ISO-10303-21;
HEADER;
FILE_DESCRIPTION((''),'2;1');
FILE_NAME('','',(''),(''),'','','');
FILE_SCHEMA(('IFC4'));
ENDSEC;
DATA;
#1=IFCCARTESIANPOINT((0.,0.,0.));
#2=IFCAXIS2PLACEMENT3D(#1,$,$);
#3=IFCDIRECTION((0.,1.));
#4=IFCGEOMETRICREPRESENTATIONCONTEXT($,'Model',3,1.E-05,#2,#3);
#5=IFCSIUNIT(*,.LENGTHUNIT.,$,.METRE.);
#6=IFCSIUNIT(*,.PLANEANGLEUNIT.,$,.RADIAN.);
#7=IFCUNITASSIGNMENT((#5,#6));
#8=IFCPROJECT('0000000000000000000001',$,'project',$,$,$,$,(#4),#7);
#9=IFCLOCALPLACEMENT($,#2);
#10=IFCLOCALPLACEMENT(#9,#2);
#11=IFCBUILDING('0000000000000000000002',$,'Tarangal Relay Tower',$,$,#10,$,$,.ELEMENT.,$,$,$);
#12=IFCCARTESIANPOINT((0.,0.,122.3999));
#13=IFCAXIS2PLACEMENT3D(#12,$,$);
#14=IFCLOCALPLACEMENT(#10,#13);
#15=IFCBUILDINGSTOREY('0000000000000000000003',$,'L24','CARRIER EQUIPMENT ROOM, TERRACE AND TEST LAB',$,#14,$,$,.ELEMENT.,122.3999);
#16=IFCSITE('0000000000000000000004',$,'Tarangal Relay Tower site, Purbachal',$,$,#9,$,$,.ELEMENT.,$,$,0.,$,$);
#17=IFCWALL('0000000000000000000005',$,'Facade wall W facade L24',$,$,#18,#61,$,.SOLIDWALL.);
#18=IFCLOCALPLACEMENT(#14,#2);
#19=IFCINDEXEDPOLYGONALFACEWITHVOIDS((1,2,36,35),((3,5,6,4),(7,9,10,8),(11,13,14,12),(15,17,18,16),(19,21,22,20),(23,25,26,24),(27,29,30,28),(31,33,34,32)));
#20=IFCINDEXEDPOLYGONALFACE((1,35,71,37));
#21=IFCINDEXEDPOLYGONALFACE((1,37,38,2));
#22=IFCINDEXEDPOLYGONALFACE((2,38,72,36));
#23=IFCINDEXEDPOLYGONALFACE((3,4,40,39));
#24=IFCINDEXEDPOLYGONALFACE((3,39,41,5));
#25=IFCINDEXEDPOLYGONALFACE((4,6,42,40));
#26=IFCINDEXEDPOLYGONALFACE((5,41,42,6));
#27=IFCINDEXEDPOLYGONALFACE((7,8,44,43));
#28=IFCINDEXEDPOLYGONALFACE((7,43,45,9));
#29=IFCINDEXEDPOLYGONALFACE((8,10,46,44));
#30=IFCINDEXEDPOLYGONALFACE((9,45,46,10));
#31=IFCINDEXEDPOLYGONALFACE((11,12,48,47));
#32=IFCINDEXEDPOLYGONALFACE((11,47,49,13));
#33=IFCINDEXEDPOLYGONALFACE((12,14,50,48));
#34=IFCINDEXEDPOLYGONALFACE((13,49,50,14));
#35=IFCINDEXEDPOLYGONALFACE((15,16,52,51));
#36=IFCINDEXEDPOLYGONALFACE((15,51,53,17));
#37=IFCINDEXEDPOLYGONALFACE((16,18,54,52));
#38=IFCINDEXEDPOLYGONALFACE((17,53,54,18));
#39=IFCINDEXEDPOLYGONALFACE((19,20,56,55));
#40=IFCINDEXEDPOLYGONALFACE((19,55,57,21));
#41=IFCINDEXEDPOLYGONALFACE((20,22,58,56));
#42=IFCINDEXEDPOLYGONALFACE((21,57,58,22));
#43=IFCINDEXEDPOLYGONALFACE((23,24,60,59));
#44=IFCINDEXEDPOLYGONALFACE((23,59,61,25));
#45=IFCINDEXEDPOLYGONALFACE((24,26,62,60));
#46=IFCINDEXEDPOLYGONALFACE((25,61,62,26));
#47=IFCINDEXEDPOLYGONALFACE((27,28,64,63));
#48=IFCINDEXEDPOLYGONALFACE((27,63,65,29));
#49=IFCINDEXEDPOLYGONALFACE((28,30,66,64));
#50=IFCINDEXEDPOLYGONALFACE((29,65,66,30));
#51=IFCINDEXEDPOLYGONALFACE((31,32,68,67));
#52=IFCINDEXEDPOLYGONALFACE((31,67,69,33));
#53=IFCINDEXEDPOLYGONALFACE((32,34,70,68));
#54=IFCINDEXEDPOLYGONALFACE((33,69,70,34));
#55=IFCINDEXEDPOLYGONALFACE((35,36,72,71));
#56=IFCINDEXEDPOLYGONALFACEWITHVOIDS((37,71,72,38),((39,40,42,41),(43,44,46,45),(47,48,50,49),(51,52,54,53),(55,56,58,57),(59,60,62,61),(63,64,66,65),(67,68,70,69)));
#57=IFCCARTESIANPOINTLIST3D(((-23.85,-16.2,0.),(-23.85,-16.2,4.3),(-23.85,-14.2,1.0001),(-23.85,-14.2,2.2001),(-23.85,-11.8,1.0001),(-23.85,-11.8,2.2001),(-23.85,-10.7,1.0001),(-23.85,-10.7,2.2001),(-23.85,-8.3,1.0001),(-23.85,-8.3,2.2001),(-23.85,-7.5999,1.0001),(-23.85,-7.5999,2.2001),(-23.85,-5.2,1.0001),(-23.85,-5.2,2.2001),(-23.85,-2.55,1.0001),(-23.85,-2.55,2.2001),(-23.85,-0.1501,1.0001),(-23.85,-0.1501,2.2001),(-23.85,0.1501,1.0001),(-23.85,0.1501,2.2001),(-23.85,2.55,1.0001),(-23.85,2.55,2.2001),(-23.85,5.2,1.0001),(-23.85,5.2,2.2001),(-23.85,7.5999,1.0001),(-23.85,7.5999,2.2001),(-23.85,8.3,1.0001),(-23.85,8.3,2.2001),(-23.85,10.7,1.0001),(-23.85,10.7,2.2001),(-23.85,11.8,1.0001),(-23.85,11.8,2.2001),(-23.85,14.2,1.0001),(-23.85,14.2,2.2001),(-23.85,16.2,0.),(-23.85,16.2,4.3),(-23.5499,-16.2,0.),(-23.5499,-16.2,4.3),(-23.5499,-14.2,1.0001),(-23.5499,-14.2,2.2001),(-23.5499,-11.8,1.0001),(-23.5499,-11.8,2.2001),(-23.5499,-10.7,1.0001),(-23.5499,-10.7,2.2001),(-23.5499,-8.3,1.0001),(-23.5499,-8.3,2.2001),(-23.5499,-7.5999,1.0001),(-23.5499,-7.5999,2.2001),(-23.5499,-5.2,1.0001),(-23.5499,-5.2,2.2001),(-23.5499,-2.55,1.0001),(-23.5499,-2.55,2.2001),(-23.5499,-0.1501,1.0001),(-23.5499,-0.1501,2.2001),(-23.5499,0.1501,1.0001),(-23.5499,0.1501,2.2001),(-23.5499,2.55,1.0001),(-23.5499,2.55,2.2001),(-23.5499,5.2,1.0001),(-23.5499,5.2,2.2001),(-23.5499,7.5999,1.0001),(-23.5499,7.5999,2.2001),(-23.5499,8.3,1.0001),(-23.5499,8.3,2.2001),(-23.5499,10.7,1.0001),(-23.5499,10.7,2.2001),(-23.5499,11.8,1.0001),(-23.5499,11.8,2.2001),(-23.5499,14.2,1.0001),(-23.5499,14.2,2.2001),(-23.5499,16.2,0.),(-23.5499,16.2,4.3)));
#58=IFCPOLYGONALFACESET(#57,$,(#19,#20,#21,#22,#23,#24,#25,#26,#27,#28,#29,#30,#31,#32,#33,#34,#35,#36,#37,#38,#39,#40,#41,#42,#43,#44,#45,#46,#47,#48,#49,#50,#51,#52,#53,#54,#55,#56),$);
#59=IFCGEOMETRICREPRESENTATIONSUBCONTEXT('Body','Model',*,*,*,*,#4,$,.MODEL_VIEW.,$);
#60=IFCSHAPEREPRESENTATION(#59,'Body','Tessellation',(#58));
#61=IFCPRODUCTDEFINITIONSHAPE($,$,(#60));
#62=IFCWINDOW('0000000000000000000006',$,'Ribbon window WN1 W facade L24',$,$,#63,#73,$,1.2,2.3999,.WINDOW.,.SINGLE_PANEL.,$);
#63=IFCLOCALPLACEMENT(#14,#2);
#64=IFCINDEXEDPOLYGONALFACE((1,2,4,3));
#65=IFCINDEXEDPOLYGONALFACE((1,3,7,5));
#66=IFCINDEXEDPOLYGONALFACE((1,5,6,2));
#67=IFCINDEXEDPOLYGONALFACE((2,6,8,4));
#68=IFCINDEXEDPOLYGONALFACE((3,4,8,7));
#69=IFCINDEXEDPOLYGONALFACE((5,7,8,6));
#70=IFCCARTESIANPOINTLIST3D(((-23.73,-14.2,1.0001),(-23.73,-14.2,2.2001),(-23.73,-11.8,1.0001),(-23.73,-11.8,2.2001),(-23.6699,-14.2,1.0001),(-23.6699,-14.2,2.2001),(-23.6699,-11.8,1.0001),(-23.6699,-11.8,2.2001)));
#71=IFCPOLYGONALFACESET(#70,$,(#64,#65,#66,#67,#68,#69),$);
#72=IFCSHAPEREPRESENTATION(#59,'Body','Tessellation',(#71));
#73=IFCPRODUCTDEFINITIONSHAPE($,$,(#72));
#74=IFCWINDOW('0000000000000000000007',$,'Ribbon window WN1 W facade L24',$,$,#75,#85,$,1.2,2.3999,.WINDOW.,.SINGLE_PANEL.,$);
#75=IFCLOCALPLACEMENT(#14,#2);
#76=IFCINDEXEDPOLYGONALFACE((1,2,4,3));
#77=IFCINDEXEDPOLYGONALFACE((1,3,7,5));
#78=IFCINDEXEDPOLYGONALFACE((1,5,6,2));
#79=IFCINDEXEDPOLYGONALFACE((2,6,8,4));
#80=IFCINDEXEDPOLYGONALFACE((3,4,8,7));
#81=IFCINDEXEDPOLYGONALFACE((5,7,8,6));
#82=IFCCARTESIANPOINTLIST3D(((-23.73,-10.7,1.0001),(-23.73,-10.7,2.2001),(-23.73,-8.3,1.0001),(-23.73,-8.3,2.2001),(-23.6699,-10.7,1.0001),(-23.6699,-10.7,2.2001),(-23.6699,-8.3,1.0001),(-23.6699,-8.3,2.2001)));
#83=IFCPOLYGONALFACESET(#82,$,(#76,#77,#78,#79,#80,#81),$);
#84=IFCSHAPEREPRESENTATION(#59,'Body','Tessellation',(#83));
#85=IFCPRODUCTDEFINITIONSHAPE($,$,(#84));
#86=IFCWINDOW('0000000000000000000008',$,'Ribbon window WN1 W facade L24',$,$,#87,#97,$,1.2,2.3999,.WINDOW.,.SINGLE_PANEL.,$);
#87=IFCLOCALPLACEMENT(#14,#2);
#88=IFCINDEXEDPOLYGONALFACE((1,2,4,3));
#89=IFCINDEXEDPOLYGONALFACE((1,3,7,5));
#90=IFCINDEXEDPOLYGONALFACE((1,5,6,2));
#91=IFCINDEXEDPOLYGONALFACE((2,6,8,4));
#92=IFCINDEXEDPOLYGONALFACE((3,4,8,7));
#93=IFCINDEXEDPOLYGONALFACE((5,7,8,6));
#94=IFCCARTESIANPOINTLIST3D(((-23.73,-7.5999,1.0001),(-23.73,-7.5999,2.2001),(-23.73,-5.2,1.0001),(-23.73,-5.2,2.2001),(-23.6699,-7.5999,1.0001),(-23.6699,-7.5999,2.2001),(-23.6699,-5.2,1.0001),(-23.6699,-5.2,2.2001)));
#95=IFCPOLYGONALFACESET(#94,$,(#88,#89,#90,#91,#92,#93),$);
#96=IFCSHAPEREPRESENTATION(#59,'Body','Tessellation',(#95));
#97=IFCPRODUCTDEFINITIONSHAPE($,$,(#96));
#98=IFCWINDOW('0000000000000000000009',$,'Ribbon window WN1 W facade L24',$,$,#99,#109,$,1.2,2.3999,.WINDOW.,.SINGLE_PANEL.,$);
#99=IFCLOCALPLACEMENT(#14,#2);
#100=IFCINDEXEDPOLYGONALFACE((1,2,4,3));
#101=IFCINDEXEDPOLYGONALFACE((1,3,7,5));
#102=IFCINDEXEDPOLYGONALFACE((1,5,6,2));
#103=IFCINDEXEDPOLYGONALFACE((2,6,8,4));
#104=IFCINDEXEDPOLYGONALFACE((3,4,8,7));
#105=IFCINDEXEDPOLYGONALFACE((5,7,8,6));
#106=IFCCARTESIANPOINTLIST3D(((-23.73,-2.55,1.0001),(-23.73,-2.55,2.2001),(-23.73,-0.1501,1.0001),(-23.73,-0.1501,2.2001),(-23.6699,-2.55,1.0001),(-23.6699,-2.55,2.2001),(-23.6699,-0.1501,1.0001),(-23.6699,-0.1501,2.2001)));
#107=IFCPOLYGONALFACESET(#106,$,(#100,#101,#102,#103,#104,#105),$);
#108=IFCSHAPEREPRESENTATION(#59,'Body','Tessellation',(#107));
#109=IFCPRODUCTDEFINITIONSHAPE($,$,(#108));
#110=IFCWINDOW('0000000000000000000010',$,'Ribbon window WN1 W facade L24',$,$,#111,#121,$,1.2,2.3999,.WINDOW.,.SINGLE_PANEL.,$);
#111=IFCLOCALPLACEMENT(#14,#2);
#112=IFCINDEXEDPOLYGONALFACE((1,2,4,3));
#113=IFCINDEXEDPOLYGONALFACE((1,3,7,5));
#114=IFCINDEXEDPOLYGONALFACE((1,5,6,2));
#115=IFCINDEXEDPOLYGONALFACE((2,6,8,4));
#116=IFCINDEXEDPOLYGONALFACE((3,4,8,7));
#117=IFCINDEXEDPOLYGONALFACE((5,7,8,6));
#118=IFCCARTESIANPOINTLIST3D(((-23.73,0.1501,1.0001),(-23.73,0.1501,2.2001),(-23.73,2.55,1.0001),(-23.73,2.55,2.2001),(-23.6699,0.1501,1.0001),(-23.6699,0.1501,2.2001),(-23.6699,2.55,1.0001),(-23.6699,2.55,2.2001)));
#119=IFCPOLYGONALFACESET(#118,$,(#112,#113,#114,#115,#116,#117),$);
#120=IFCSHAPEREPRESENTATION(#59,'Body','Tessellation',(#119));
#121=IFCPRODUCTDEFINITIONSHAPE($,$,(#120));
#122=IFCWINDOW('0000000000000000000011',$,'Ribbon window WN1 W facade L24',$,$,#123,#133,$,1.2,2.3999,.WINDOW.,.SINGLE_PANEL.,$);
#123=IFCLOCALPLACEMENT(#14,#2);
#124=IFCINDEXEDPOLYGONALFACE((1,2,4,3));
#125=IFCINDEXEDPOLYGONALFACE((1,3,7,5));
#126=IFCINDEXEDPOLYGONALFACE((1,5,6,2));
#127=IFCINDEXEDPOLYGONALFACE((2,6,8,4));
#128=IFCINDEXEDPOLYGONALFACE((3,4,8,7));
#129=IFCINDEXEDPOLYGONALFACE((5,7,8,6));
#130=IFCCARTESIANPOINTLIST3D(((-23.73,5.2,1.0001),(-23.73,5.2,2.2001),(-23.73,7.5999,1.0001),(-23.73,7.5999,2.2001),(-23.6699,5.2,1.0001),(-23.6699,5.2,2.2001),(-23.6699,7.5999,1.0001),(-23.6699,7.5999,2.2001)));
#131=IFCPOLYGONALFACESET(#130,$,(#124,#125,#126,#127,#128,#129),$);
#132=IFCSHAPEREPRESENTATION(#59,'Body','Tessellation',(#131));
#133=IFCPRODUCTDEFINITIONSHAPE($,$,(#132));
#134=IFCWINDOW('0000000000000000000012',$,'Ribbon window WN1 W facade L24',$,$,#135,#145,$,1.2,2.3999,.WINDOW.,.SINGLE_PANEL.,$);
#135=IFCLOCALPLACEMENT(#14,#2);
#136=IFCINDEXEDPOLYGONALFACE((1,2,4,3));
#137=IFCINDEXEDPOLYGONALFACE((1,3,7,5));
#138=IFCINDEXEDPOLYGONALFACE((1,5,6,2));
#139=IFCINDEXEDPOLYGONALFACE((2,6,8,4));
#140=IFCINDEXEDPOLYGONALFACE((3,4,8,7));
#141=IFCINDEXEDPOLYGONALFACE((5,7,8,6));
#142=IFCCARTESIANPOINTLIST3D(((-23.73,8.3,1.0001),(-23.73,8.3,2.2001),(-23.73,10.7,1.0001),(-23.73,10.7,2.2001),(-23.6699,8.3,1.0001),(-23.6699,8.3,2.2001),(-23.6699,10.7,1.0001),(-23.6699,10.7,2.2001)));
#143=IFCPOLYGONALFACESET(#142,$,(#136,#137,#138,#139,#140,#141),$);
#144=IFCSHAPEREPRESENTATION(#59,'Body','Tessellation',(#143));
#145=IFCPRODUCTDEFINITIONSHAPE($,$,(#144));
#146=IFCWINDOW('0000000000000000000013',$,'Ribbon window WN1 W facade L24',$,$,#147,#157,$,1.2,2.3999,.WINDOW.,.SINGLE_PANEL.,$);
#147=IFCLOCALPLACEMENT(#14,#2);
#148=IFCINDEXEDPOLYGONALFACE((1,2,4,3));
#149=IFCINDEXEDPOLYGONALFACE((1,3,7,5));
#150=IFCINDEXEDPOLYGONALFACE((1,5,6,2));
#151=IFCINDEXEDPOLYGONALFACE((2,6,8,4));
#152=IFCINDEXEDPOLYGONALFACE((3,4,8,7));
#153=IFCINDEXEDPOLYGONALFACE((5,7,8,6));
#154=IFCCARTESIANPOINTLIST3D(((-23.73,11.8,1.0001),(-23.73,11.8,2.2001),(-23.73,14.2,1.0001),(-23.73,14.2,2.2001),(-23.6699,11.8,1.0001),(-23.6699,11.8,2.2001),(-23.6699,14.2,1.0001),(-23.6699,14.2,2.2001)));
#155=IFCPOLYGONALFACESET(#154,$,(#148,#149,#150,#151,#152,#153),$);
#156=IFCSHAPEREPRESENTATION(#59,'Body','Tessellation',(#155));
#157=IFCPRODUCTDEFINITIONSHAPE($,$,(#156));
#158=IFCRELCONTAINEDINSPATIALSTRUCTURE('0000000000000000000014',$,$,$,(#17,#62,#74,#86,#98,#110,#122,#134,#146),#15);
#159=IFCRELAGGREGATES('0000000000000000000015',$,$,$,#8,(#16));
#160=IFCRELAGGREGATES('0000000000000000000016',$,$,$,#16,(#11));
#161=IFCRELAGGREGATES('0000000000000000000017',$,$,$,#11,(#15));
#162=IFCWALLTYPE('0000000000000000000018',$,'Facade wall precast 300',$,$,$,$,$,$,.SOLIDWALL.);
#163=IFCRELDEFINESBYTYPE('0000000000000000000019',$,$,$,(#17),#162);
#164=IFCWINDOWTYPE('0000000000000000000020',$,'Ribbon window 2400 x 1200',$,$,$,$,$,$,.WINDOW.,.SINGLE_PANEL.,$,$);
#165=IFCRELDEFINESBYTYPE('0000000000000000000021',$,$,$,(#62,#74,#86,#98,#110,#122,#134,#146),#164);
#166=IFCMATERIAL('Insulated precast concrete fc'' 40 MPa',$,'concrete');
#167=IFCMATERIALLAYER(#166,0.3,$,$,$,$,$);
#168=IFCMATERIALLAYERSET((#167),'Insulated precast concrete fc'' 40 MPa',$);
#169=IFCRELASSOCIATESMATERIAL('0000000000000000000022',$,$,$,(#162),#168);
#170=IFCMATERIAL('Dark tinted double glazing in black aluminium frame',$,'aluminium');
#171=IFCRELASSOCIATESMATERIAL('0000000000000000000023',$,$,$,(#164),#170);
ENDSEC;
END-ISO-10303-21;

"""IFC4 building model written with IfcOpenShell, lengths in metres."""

from ifc_helpers import new_model, si_unit, direction, frame, frame_2d, origin, place, context, subcontext, project, spatial, rectangle, extrude, material, layer, layer_set, type_object, element, fill, save


model = new_model("IFC4")

# Units and contexts
model_context = context("Model", 3, precision=1e-05, world=origin(), true_north=direction((0.0, 1.0)))
body_context = subcontext(model_context, "Body", "Model", "MODEL_VIEW")
ifc_project = project(units=[si_unit("LENGTHUNIT", "METRE"), si_unit("PLANEANGLEUNIT", "RADIAN")], contexts=[model_context])

# Site, building, storey
site_placement = place(None, origin())
site = spatial("IfcSite", under=ifc_project, at=site_placement, Name="Tarangal Relay Tower site, Purbachal", CompositionType="ELEMENT", RefElevation=0.0)
building_placement = place(site_placement, origin())
building = spatial("IfcBuilding", under=site, at=building_placement, Name="Tarangal Relay Tower", CompositionType="ELEMENT")
storey_placement = place(building_placement, frame((0.0, 0.0, 122.3999)))
storey = spatial("IfcBuildingStorey", under=building, at=storey_placement, Name="L24", Description="CARRIER EQUIPMENT ROOM, TERRACE AND TEST LAB", CompositionType="ELEMENT", Elevation=122.3999)

# Shared definitions
ifc_material_1 = material(Name="Insulated precast concrete fc' 40 MPa", Category="concrete")
ifc_layer_1 = layer(ifc_material_1, 0.3)
ifc_layer_set_1 = layer_set([ifc_layer_1], Name="Insulated precast concrete fc' 40 MPa")
wall_type_1 = type_object("IfcWallType", Name="Facade wall precast 300", PredefinedType="SOLIDWALL", material=ifc_layer_set_1)

# Wall, openings, windows
wall_1_placement = place(storey_placement, frame((-23.7, -16.2, 0.0), z_axis=(0.0, 0.0, 1.0), x_axis=(0.0, 1.0, 0.0)))
wall_1 = element("IfcWall", 1, at=wall_1_placement, inside=storey, type_object=wall_type_1, Name="Facade wall W facade L24", PredefinedType="SOLIDWALL", context=body_context, shape_type="SweptSolid", body=[
    extrude(rectangle(XDim=32.3999, YDim=0.3, at=frame_2d((16.2, 0.0))), origin(), (0.0, 0.0, 1.0), 4.3),
])
opening_1_placement = place(wall_1_placement, frame((2.0, 0.0, 1.0)))
opening_1 = element("IfcOpeningElement", 2, at=opening_1_placement, cuts=wall_1, PredefinedType="OPENING", context=body_context, shape_type="SweptSolid", body=[
    extrude(rectangle(XDim=2.3999, YDim=1.2, at=frame_2d((1.2, 0.6001))), frame((0.0, 0.1599, 0.0), z_axis=(0.0, -1.0, 0.0), x_axis=(1.0, 0.0, 0.0)), (0.0, 0.0, 1.0), 0.3201),
])
opening_2_placement = place(wall_1_placement, frame((5.5, 0.0, 1.0)))
opening_2 = element("IfcOpeningElement", 3, at=opening_2_placement, cuts=wall_1, PredefinedType="OPENING", context=body_context, shape_type="SweptSolid", body=[
    extrude(rectangle(XDim=2.3999, YDim=1.2, at=frame_2d((1.2, 0.6001))), frame((0.0, 0.1599, 0.0), z_axis=(0.0, -1.0, 0.0), x_axis=(1.0, 0.0, 0.0)), (0.0, 0.0, 1.0), 0.3201),
])
opening_3_placement = place(wall_1_placement, frame((8.6001, 0.0, 1.0)))
opening_3 = element("IfcOpeningElement", 4, at=opening_3_placement, cuts=wall_1, PredefinedType="OPENING", context=body_context, shape_type="SweptSolid", body=[
    extrude(rectangle(XDim=2.3999, YDim=1.2, at=frame_2d((1.2, 0.6001))), frame((0.0, 0.1599, 0.0), z_axis=(0.0, -1.0, 0.0), x_axis=(1.0, 0.0, 0.0)), (0.0, 0.0, 1.0), 0.3201),
])
opening_4_placement = place(wall_1_placement, frame((13.6499, 0.0, 1.0)))
opening_4 = element("IfcOpeningElement", 5, at=opening_4_placement, cuts=wall_1, PredefinedType="OPENING", context=body_context, shape_type="SweptSolid", body=[
    extrude(rectangle(XDim=2.3999, YDim=1.2, at=frame_2d((1.2, 0.6001))), frame((0.0, 0.1599, 0.0), z_axis=(0.0, -1.0, 0.0), x_axis=(1.0, 0.0, 0.0)), (0.0, 0.0, 1.0), 0.3201),
])
opening_5_placement = place(wall_1_placement, frame((16.3501, 0.0, 1.0)))
opening_5 = element("IfcOpeningElement", 6, at=opening_5_placement, cuts=wall_1, PredefinedType="OPENING", context=body_context, shape_type="SweptSolid", body=[
    extrude(rectangle(XDim=2.3999, YDim=1.2, at=frame_2d((1.2, 0.6001))), frame((0.0, 0.1599, 0.0), z_axis=(0.0, -1.0, 0.0), x_axis=(1.0, 0.0, 0.0)), (0.0, 0.0, 1.0), 0.3201),
])
opening_6_placement = place(wall_1_placement, frame((21.3999, 0.0, 1.0)))
opening_6 = element("IfcOpeningElement", 7, at=opening_6_placement, cuts=wall_1, PredefinedType="OPENING", context=body_context, shape_type="SweptSolid", body=[
    extrude(rectangle(XDim=2.3999, YDim=1.2, at=frame_2d((1.2, 0.6001))), frame((0.0, 0.1599, 0.0), z_axis=(0.0, -1.0, 0.0), x_axis=(1.0, 0.0, 0.0)), (0.0, 0.0, 1.0), 0.3201),
])
opening_7_placement = place(wall_1_placement, frame((24.5, 0.0, 1.0)))
opening_7 = element("IfcOpeningElement", 8, at=opening_7_placement, cuts=wall_1, PredefinedType="OPENING", context=body_context, shape_type="SweptSolid", body=[
    extrude(rectangle(XDim=2.3999, YDim=1.2, at=frame_2d((1.2, 0.6001))), frame((0.0, 0.1599, 0.0), z_axis=(0.0, -1.0, 0.0), x_axis=(1.0, 0.0, 0.0)), (0.0, 0.0, 1.0), 0.3201),
])
opening_8_placement = place(wall_1_placement, frame((28.0, 0.0, 1.0)))
opening_8 = element("IfcOpeningElement", 9, at=opening_8_placement, cuts=wall_1, PredefinedType="OPENING", context=body_context, shape_type="SweptSolid", body=[
    extrude(rectangle(XDim=2.3999, YDim=1.2, at=frame_2d((1.2, 0.6001))), frame((0.0, 0.1599, 0.0), z_axis=(0.0, -1.0, 0.0), x_axis=(1.0, 0.0, 0.0)), (0.0, 0.0, 1.0), 0.3201),
])
ifc_material_2 = material(Name="Dark tinted double glazing in black aluminium frame", Category="aluminium")
window_type = type_object("IfcWindowType", Name="Ribbon window 2400 x 1200", PartitioningType="SINGLE_PANEL", PredefinedType="WINDOW", material=ifc_material_2)
window_1_placement = place(opening_1_placement, origin())
window_1 = element("IfcWindow", 10, at=window_1_placement, inside=storey, type_object=window_type, Name="Ribbon window WN1 W facade L24", OverallHeight=1.2, OverallWidth=2.3999, PartitioningType="SINGLE_PANEL", PredefinedType="WINDOW", context=body_context, shape_type="SweptSolid", body=[
    extrude(rectangle(XDim=2.3999, YDim=1.2, at=frame_2d((1.2, 0.6001))), frame((0.0, 0.03, 0.0), z_axis=(0.0, -1.0, 0.0), x_axis=(1.0, 0.0, 0.0)), (0.0, 0.0, 1.0), 0.0601),
])
fill(opening_1, window_1)
window_2_placement = place(opening_2_placement, origin())
window_2 = element("IfcWindow", 11, at=window_2_placement, inside=storey, type_object=window_type, Name="Ribbon window WN1 W facade L24", OverallHeight=1.2, OverallWidth=2.3999, PartitioningType="SINGLE_PANEL", PredefinedType="WINDOW", context=body_context, shape_type="SweptSolid", body=[
    extrude(rectangle(XDim=2.3999, YDim=1.2, at=frame_2d((1.2, 0.6001))), frame((0.0, 0.03, 0.0), z_axis=(0.0, -1.0, 0.0), x_axis=(1.0, 0.0, 0.0)), (0.0, 0.0, 1.0), 0.0601),
])
fill(opening_2, window_2)
window_3_placement = place(opening_3_placement, origin())
window_3 = element("IfcWindow", 12, at=window_3_placement, inside=storey, type_object=window_type, Name="Ribbon window WN1 W facade L24", OverallHeight=1.2, OverallWidth=2.3999, PartitioningType="SINGLE_PANEL", PredefinedType="WINDOW", context=body_context, shape_type="SweptSolid", body=[
    extrude(rectangle(XDim=2.3999, YDim=1.2, at=frame_2d((1.2, 0.6001))), frame((0.0, 0.03, 0.0), z_axis=(0.0, -1.0, 0.0), x_axis=(1.0, 0.0, 0.0)), (0.0, 0.0, 1.0), 0.0601),
])
fill(opening_3, window_3)
window_4_placement = place(opening_4_placement, origin())
window_4 = element("IfcWindow", 13, at=window_4_placement, inside=storey, type_object=window_type, Name="Ribbon window WN1 W facade L24", OverallHeight=1.2, OverallWidth=2.3999, PartitioningType="SINGLE_PANEL", PredefinedType="WINDOW", context=body_context, shape_type="SweptSolid", body=[
    extrude(rectangle(XDim=2.3999, YDim=1.2, at=frame_2d((1.2, 0.6001))), frame((0.0, 0.03, 0.0), z_axis=(0.0, -1.0, 0.0), x_axis=(1.0, 0.0, 0.0)), (0.0, 0.0, 1.0), 0.0601),
])
fill(opening_4, window_4)
window_5_placement = place(opening_5_placement, origin())
window_5 = element("IfcWindow", 14, at=window_5_placement, inside=storey, type_object=window_type, Name="Ribbon window WN1 W facade L24", OverallHeight=1.2, OverallWidth=2.3999, PartitioningType="SINGLE_PANEL", PredefinedType="WINDOW", context=body_context, shape_type="SweptSolid", body=[
    extrude(rectangle(XDim=2.3999, YDim=1.2, at=frame_2d((1.2, 0.6001))), frame((0.0, 0.03, 0.0), z_axis=(0.0, -1.0, 0.0), x_axis=(1.0, 0.0, 0.0)), (0.0, 0.0, 1.0), 0.0601),
])
fill(opening_5, window_5)
window_6_placement = place(opening_6_placement, origin())
window_6 = element("IfcWindow", 15, at=window_6_placement, inside=storey, type_object=window_type, Name="Ribbon window WN1 W facade L24", OverallHeight=1.2, OverallWidth=2.3999, PartitioningType="SINGLE_PANEL", PredefinedType="WINDOW", context=body_context, shape_type="SweptSolid", body=[
    extrude(rectangle(XDim=2.3999, YDim=1.2, at=frame_2d((1.2, 0.6001))), frame((0.0, 0.03, 0.0), z_axis=(0.0, -1.0, 0.0), x_axis=(1.0, 0.0, 0.0)), (0.0, 0.0, 1.0), 0.0601),
])
fill(opening_6, window_6)
window_7_placement = place(opening_7_placement, origin())
window_7 = element("IfcWindow", 16, at=window_7_placement, inside=storey, type_object=window_type, Name="Ribbon window WN1 W facade L24", OverallHeight=1.2, OverallWidth=2.3999, PartitioningType="SINGLE_PANEL", PredefinedType="WINDOW", context=body_context, shape_type="SweptSolid", body=[
    extrude(rectangle(XDim=2.3999, YDim=1.2, at=frame_2d((1.2, 0.6001))), frame((0.0, 0.03, 0.0), z_axis=(0.0, -1.0, 0.0), x_axis=(1.0, 0.0, 0.0)), (0.0, 0.0, 1.0), 0.0601),
])
fill(opening_7, window_7)
window_8_placement = place(opening_8_placement, origin())
window_8 = element("IfcWindow", 17, at=window_8_placement, inside=storey, type_object=window_type, Name="Ribbon window WN1 W facade L24", OverallHeight=1.2, OverallWidth=2.3999, PartitioningType="SINGLE_PANEL", PredefinedType="WINDOW", context=body_context, shape_type="SweptSolid", body=[
    extrude(rectangle(XDim=2.3999, YDim=1.2, at=frame_2d((1.2, 0.6001))), frame((0.0, 0.03, 0.0), z_axis=(0.0, -1.0, 0.0), x_axis=(1.0, 0.0, 0.0)), (0.0, 0.0, 1.0), 0.0601),
])
fill(opening_8, window_8)

save(model, "model.ifc")
